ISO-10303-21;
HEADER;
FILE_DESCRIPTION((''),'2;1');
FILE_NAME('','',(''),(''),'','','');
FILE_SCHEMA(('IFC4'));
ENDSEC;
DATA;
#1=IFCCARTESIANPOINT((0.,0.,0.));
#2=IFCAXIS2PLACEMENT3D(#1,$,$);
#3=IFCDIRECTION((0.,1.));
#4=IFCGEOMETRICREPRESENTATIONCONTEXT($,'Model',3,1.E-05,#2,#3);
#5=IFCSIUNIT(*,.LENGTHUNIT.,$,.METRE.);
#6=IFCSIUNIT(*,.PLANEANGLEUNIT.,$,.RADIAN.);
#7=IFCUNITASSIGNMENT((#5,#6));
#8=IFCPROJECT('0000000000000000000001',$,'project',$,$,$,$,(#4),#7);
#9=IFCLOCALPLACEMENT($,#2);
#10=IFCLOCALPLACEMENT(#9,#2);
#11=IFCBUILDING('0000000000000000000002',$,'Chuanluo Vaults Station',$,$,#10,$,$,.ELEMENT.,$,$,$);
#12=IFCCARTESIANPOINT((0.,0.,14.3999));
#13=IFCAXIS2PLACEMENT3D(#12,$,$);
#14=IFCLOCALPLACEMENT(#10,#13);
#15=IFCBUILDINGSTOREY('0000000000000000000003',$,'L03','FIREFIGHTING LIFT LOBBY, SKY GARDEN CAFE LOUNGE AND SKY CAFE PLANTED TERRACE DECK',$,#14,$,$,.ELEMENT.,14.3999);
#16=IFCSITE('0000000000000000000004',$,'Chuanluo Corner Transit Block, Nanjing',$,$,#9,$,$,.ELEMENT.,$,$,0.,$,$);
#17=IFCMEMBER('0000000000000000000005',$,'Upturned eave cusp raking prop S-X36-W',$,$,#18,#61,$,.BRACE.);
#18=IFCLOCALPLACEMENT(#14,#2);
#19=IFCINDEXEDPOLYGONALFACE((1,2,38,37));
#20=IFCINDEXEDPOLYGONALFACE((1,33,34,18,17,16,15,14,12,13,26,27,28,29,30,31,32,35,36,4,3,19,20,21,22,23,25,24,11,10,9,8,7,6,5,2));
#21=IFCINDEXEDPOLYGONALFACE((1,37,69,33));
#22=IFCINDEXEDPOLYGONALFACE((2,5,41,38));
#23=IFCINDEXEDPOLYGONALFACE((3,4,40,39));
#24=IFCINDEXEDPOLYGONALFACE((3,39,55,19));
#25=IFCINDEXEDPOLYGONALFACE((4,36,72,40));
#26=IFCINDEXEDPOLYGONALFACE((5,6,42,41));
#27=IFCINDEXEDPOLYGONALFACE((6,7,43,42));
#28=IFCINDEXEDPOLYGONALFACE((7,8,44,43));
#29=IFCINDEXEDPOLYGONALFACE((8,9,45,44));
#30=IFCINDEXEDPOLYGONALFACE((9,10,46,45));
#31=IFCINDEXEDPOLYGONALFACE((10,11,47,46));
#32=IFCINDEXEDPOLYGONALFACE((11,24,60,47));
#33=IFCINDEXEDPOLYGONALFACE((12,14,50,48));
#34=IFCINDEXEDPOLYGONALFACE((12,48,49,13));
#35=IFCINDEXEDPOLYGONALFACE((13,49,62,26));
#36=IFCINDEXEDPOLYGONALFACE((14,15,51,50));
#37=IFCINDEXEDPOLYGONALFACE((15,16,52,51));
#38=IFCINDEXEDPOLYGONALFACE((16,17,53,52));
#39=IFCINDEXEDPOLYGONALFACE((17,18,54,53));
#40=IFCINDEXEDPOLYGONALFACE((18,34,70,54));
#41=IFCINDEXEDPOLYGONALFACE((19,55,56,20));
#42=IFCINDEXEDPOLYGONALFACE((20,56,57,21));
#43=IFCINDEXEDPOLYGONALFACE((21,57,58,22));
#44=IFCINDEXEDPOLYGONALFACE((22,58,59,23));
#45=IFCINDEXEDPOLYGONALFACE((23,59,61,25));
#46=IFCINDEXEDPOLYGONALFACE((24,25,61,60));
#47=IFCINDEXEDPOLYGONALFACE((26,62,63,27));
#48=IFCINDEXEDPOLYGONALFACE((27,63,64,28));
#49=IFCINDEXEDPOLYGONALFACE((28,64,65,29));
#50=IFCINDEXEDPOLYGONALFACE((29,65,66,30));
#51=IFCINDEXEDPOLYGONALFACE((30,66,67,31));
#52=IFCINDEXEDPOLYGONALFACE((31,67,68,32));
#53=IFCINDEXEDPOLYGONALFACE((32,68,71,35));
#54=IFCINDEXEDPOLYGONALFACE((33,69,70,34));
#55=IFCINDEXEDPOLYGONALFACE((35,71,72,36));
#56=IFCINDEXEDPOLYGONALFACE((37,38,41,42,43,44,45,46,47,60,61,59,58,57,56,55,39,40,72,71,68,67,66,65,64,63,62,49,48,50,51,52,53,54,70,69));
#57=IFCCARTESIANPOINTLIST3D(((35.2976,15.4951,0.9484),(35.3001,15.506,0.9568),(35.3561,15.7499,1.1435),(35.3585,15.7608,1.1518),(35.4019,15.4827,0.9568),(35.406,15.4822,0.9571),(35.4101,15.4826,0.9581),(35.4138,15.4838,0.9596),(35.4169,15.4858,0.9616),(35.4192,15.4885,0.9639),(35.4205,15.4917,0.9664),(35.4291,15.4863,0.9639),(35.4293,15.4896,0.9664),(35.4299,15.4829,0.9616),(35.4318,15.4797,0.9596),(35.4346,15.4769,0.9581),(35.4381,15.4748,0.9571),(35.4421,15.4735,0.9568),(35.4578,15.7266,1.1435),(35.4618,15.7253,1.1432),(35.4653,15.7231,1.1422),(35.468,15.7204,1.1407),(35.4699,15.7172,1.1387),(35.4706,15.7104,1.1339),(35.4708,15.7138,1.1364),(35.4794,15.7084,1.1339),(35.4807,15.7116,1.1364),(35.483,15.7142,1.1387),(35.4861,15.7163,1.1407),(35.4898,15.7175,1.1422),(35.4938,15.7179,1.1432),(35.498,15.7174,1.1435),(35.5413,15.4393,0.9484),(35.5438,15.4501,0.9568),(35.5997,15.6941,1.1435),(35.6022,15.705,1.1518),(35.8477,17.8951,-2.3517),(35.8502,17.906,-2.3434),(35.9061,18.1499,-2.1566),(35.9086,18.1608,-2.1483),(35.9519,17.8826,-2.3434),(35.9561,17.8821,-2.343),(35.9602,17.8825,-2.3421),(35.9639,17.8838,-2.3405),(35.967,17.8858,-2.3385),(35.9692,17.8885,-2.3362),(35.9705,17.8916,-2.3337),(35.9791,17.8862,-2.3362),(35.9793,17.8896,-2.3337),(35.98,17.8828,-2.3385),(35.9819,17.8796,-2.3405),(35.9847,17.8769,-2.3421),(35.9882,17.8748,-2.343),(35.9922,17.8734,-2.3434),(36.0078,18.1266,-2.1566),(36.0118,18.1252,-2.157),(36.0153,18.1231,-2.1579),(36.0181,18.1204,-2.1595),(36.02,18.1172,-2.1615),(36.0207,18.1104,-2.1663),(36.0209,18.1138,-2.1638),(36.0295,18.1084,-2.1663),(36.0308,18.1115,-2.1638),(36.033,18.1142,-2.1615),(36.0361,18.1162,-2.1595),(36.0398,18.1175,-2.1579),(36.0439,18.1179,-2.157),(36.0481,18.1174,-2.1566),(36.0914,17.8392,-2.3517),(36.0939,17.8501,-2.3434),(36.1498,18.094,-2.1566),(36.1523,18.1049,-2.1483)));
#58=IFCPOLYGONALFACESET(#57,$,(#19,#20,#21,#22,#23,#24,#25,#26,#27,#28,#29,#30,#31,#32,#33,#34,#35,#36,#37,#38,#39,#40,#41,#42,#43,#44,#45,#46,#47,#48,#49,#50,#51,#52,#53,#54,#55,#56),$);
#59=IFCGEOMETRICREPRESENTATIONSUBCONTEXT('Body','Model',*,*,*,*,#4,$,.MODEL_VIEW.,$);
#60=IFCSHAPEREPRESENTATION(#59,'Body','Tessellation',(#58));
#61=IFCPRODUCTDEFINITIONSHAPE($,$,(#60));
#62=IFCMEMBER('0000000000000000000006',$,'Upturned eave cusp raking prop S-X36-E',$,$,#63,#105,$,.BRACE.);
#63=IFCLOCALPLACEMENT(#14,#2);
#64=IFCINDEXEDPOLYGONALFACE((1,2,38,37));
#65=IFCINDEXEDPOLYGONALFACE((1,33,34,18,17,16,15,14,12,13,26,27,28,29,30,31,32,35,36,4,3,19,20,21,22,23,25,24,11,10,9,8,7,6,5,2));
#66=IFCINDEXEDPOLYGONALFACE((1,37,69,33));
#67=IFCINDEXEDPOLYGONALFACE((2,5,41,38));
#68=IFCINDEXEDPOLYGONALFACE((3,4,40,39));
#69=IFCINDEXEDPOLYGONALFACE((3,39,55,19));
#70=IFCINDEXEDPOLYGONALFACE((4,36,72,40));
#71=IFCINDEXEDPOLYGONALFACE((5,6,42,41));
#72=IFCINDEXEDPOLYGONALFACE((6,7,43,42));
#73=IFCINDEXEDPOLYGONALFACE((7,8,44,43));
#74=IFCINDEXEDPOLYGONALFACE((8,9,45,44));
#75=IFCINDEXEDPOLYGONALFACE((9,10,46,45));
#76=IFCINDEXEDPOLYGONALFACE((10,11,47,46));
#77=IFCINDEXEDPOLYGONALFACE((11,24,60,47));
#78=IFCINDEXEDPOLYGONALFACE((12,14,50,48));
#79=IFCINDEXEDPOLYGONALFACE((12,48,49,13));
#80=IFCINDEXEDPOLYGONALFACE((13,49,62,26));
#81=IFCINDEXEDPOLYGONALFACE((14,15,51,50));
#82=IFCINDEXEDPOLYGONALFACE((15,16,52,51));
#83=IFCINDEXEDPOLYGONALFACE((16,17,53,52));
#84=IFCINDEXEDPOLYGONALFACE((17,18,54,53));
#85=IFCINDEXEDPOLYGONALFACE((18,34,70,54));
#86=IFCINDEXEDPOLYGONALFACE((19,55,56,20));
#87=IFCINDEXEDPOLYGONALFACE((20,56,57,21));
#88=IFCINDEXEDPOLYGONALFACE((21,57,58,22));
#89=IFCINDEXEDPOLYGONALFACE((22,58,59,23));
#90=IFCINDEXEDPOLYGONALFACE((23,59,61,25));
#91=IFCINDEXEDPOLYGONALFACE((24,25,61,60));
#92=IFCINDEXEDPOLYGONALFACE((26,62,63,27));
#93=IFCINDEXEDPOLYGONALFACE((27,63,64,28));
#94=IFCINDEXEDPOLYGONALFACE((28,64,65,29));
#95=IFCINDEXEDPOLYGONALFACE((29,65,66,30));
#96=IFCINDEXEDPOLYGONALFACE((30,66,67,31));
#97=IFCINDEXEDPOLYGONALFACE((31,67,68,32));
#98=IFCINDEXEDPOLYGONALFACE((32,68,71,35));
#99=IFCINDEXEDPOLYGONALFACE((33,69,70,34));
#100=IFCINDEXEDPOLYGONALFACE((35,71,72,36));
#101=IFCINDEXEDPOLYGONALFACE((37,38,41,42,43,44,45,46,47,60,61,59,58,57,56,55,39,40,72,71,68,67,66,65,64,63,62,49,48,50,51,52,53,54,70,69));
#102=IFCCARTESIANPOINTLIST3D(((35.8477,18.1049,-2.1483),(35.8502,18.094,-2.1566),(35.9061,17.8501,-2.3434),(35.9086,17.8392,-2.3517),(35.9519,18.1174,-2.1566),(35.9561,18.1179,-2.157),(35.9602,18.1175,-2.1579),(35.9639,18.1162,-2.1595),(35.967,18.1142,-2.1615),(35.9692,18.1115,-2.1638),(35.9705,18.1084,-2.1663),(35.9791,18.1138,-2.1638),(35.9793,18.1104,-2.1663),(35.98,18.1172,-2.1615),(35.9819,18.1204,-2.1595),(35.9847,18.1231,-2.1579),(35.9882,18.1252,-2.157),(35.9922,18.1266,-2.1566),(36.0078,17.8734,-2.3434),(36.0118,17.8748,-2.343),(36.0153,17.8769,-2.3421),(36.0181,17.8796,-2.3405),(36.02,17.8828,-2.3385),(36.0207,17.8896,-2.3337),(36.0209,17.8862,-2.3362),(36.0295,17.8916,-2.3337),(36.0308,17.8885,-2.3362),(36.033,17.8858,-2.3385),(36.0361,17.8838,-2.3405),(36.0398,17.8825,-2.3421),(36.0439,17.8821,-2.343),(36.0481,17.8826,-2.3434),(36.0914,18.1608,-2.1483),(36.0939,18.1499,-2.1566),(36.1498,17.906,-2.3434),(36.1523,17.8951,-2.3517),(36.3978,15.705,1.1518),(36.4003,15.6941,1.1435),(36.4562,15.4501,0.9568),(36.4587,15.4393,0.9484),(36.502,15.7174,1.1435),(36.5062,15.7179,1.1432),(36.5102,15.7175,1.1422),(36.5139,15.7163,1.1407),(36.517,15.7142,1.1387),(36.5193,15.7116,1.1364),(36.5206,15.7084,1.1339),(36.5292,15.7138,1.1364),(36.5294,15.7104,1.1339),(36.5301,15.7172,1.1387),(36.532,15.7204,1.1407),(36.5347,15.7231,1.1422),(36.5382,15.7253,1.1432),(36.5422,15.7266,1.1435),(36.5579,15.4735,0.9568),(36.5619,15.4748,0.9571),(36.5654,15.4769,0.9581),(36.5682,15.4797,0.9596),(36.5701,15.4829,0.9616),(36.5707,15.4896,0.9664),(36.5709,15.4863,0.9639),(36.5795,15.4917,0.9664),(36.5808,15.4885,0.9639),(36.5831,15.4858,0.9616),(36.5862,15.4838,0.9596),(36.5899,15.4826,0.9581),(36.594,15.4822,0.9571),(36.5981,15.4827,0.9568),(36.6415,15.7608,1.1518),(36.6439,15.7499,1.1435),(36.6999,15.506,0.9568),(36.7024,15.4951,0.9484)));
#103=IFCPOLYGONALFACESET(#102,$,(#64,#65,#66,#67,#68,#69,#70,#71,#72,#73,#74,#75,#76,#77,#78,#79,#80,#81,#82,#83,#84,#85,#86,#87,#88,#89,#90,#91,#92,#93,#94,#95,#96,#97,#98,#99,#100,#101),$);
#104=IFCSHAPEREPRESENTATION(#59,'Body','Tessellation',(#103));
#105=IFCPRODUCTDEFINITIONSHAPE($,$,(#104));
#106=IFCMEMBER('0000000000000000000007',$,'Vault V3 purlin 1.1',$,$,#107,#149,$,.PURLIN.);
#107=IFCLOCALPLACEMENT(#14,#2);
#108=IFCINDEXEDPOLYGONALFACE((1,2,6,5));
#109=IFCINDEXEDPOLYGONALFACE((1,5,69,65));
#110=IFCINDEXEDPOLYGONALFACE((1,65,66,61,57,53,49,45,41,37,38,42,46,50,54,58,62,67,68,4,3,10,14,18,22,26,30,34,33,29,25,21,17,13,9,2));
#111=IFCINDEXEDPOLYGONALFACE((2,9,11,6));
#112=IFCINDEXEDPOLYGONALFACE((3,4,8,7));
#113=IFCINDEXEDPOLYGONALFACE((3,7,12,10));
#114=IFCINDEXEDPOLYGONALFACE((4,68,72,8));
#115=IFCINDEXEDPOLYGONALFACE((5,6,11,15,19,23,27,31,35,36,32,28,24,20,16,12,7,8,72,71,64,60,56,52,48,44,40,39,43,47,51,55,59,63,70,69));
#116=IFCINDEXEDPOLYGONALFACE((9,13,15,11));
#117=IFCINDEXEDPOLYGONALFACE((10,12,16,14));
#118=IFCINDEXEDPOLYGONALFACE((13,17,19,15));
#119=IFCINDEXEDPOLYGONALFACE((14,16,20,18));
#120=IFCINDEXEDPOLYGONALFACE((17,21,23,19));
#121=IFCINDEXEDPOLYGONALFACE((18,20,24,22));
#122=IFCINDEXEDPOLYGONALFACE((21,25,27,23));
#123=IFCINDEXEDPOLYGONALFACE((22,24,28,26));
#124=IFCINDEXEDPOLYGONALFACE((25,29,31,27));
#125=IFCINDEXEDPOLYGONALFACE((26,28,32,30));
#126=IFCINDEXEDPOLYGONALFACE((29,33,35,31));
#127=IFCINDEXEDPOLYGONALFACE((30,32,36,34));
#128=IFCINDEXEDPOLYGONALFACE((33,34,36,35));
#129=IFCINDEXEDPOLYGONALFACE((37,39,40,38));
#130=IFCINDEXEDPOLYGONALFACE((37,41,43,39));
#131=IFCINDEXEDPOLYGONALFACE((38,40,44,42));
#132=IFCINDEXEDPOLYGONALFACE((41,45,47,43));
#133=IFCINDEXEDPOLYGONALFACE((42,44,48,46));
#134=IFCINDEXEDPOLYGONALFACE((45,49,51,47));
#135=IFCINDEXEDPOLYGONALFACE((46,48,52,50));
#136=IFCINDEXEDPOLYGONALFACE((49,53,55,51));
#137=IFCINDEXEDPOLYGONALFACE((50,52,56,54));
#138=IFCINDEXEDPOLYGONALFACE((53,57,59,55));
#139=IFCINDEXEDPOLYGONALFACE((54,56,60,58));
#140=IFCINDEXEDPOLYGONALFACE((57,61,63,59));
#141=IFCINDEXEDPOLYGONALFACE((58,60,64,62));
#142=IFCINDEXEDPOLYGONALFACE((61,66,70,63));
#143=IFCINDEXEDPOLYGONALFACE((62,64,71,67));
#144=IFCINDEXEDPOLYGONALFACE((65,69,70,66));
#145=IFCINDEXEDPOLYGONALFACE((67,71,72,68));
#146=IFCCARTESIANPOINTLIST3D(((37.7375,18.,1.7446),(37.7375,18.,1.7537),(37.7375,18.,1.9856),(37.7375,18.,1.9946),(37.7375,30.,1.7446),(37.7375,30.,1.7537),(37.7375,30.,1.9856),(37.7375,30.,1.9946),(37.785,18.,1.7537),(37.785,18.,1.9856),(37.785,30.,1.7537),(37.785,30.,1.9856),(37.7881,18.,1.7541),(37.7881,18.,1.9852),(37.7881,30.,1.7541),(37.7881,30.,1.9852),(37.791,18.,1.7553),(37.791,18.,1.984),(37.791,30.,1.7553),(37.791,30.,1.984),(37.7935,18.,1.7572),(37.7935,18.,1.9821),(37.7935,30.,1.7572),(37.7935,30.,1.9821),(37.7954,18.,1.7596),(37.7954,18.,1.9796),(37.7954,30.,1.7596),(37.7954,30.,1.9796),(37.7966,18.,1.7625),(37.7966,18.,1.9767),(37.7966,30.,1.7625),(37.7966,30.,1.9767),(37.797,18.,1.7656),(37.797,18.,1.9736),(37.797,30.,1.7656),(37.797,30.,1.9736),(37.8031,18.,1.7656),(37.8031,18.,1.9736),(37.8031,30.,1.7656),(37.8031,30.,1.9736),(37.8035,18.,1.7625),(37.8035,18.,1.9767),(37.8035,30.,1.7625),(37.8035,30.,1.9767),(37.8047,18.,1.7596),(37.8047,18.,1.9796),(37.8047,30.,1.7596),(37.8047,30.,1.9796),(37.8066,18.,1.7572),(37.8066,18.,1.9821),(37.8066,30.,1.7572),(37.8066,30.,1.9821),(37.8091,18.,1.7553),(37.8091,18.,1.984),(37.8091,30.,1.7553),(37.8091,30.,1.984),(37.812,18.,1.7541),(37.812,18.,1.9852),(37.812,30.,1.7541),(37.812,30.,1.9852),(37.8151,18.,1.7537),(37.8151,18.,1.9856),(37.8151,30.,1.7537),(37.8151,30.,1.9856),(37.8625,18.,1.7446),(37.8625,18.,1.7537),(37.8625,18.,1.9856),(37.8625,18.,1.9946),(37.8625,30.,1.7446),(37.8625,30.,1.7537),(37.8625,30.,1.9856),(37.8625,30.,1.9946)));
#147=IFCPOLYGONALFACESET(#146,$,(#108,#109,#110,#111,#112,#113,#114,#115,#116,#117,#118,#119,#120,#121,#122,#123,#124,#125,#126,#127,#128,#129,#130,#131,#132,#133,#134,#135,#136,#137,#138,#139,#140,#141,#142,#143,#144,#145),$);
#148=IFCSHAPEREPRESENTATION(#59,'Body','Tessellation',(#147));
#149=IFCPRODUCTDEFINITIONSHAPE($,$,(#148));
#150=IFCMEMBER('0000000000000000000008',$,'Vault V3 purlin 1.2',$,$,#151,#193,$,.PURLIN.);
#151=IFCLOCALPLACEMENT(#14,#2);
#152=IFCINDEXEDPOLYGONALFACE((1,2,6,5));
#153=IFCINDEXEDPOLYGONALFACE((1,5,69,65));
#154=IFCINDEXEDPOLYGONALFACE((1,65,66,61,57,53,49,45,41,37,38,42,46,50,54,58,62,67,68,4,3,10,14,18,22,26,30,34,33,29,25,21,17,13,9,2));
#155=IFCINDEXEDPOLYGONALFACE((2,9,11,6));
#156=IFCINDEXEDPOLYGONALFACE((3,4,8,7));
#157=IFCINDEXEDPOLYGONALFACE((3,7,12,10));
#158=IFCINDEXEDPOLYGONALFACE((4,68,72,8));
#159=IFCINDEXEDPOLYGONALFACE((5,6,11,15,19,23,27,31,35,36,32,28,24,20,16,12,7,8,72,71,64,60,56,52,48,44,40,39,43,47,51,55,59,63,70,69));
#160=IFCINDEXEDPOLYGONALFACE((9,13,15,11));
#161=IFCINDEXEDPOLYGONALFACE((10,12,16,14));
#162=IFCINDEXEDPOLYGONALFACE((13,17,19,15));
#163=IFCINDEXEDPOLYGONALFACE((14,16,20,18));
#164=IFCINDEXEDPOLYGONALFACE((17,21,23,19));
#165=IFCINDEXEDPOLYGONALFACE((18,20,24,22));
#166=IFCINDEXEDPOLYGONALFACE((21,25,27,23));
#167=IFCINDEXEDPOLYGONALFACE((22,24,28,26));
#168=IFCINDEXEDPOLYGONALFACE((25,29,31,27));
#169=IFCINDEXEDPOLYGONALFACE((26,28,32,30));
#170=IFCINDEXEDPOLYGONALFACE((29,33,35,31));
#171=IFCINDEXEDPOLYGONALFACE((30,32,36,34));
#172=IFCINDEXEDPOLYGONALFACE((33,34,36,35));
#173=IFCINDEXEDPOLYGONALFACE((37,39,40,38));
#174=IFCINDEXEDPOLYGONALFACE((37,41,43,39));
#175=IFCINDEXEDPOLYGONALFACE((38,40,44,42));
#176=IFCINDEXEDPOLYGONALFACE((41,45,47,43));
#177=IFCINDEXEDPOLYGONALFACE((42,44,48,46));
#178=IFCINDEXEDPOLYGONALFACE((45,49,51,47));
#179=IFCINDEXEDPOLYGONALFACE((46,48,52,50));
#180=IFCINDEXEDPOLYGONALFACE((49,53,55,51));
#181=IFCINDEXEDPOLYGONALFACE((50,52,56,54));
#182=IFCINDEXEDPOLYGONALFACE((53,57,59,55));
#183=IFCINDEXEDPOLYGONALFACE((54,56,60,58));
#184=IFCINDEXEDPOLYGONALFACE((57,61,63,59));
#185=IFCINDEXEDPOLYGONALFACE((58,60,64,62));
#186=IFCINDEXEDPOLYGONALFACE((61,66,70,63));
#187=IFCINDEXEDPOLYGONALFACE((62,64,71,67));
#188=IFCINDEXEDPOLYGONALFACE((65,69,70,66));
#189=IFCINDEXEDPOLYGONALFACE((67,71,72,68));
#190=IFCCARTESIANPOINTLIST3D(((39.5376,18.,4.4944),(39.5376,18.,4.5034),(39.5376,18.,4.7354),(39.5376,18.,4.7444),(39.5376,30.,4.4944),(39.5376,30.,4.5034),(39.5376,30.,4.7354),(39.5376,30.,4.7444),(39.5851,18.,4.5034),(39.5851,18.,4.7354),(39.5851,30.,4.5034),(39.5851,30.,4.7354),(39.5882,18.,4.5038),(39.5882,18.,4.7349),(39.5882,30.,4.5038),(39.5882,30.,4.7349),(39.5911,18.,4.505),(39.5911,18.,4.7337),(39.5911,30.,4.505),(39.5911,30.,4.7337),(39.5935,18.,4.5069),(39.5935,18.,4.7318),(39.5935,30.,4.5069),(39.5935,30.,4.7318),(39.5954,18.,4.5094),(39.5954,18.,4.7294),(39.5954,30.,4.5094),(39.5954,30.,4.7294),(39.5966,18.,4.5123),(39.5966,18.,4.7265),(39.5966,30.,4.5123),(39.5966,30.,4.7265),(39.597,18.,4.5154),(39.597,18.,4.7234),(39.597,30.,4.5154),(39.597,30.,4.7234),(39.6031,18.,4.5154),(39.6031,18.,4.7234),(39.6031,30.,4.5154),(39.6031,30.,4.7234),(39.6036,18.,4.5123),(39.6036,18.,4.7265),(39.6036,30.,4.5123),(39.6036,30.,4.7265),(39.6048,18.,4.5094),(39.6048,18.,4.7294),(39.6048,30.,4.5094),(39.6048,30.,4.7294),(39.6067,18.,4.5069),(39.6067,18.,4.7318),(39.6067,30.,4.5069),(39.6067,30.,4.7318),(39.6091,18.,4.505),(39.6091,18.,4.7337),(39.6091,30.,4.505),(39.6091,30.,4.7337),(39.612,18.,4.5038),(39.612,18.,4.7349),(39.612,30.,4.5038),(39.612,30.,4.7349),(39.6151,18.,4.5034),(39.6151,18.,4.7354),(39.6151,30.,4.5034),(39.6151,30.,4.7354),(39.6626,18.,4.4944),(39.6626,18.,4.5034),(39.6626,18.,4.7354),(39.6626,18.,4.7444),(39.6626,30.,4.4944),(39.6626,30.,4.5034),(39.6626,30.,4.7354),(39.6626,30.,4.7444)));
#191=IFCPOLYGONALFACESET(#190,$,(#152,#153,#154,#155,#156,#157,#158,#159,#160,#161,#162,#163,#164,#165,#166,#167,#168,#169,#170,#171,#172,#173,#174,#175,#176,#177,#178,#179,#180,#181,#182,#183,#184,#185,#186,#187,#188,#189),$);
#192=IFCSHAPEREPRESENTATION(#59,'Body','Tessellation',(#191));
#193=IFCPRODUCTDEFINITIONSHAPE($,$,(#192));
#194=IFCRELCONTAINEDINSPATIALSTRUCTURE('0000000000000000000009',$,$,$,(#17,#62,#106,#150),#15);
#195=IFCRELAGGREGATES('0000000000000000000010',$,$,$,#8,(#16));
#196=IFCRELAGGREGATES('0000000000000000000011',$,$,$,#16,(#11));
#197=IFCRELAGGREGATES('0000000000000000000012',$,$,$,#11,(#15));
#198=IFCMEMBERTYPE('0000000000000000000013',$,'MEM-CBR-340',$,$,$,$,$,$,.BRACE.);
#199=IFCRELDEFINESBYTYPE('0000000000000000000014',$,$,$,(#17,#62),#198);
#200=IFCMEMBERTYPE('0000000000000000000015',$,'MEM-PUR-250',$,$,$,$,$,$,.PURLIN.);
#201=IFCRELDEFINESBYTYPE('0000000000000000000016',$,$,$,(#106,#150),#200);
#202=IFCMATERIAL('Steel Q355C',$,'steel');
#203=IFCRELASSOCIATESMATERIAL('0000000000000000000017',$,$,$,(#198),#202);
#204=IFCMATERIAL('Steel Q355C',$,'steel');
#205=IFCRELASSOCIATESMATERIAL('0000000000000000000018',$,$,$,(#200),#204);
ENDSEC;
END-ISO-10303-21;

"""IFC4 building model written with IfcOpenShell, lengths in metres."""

from ifc_helpers import new_model, si_unit, direction, frame, origin, origin_2d, place, context, subcontext, project, spatial, i_section, extrude, material, material_profile, profile_set, type_object, element, save


model = new_model("IFC4")

# Units and contexts
model_context = context("Model", 3, precision=1e-05, world=origin(), true_north=direction((0.0, 1.0)))
body_context = subcontext(model_context, "Body", "Model", "MODEL_VIEW")
ifc_project = project(units=[si_unit("LENGTHUNIT", "METRE"), si_unit("PLANEANGLEUNIT", "RADIAN")], contexts=[model_context])

# Site, building, storey
site_placement = place(None, origin())
site = spatial("IfcSite", under=ifc_project, at=site_placement, Name="Chuanluo Corner Transit Block, Nanjing", CompositionType="ELEMENT", RefElevation=0.0)
building_placement = place(site_placement, origin())
building = spatial("IfcBuilding", under=site, at=building_placement, Name="Chuanluo Vaults Station", CompositionType="ELEMENT")
storey_placement = place(building_placement, frame((0.0, 0.0, 14.3999)))
storey = spatial("IfcBuildingStorey", under=building, at=storey_placement, Name="L03", Description="FIREFIGHTING LIFT LOBBY, SKY GARDEN CAFE LOUNGE AND SKY CAFE PLANTED TERRACE DECK", CompositionType="ELEMENT", Elevation=14.3999)

# Members
ifc_material_1 = material(Name="Steel Q355C", Category="steel")
ifc_material_profile_1 = material_profile(ifc_material_1, i_section(OverallWidth=0.25, OverallDepth=0.3401, WebThickness=0.009, FlangeThickness=0.0139, FilletRadius=0.0161, at=origin_2d()))
ifc_profile_set_1 = profile_set([ifc_material_profile_1], Name="Steel Q355C")
member_type_1 = type_object("IfcMemberType", Name="MEM-CBR-340", PredefinedType="BRACE", material=ifc_profile_set_1)
for number, where, z_axis, x_axis, name in (
    (1, (36.0, 18.0, -2.25), (-0.133594, -0.582878, 0.801502), (0.974726, -0.223404, 0.0), "Upturned eave cusp raking prop S-X36-W"),
    (2, (36.0, 18.0, -2.25), (0.133594, -0.582878, 0.801502), (0.974726, 0.223404, 0.0), "Upturned eave cusp raking prop S-X36-E"),
):
    element("IfcMember", number, at=place(storey_placement, frame(where, z_axis=z_axis, x_axis=x_axis)), inside=storey, type_object=member_type_1, Name=name, PredefinedType="BRACE", context=body_context, shape_type="SweptSolid", body=[
        extrude(i_section(OverallWidth=0.25, OverallDepth=0.3401, WebThickness=0.009, FlangeThickness=0.0139, FilletRadius=0.0161, at=origin_2d()), origin(), (0.0, 0.0, 1.0), 4.1174),
    ])
ifc_material_2 = material(Name="Steel Q355C", Category="steel")
ifc_material_profile_2 = material_profile(ifc_material_2, i_section(OverallWidth=0.125, OverallDepth=0.25, WebThickness=0.0061, FlangeThickness=0.009, FilletRadius=0.012, at=origin_2d()))
ifc_profile_set_2 = profile_set([ifc_material_profile_2], Name="Steel Q355C")
member_type_2 = type_object("IfcMemberType", Name="MEM-PUR-250", PredefinedType="PURLIN", material=ifc_profile_set_2)
for number, where, z_axis, x_axis, name in (
    (3, (37.8, 18.0, 1.8696), (0.0, 1.0, 0.0), (-1.0, 0.0, 0.0), "Vault V3 purlin 1.1"),
    (4, (39.6001, 18.0, 4.6194), (0.0, 1.0, 0.0), (-1.0, 0.0, 0.0), "Vault V3 purlin 1.2"),
):
    element("IfcMember", number, at=place(storey_placement, frame(where, z_axis=z_axis, x_axis=x_axis)), inside=storey, type_object=member_type_2, Name=name, PredefinedType="PURLIN", context=body_context, shape_type="SweptSolid", body=[
        extrude(i_section(OverallWidth=0.125, OverallDepth=0.25, WebThickness=0.0061, FlangeThickness=0.009, FilletRadius=0.012, at=origin_2d()), origin(), (0.0, 0.0, 1.0), 12.0),
    ])

save(model, "model.ifc")
